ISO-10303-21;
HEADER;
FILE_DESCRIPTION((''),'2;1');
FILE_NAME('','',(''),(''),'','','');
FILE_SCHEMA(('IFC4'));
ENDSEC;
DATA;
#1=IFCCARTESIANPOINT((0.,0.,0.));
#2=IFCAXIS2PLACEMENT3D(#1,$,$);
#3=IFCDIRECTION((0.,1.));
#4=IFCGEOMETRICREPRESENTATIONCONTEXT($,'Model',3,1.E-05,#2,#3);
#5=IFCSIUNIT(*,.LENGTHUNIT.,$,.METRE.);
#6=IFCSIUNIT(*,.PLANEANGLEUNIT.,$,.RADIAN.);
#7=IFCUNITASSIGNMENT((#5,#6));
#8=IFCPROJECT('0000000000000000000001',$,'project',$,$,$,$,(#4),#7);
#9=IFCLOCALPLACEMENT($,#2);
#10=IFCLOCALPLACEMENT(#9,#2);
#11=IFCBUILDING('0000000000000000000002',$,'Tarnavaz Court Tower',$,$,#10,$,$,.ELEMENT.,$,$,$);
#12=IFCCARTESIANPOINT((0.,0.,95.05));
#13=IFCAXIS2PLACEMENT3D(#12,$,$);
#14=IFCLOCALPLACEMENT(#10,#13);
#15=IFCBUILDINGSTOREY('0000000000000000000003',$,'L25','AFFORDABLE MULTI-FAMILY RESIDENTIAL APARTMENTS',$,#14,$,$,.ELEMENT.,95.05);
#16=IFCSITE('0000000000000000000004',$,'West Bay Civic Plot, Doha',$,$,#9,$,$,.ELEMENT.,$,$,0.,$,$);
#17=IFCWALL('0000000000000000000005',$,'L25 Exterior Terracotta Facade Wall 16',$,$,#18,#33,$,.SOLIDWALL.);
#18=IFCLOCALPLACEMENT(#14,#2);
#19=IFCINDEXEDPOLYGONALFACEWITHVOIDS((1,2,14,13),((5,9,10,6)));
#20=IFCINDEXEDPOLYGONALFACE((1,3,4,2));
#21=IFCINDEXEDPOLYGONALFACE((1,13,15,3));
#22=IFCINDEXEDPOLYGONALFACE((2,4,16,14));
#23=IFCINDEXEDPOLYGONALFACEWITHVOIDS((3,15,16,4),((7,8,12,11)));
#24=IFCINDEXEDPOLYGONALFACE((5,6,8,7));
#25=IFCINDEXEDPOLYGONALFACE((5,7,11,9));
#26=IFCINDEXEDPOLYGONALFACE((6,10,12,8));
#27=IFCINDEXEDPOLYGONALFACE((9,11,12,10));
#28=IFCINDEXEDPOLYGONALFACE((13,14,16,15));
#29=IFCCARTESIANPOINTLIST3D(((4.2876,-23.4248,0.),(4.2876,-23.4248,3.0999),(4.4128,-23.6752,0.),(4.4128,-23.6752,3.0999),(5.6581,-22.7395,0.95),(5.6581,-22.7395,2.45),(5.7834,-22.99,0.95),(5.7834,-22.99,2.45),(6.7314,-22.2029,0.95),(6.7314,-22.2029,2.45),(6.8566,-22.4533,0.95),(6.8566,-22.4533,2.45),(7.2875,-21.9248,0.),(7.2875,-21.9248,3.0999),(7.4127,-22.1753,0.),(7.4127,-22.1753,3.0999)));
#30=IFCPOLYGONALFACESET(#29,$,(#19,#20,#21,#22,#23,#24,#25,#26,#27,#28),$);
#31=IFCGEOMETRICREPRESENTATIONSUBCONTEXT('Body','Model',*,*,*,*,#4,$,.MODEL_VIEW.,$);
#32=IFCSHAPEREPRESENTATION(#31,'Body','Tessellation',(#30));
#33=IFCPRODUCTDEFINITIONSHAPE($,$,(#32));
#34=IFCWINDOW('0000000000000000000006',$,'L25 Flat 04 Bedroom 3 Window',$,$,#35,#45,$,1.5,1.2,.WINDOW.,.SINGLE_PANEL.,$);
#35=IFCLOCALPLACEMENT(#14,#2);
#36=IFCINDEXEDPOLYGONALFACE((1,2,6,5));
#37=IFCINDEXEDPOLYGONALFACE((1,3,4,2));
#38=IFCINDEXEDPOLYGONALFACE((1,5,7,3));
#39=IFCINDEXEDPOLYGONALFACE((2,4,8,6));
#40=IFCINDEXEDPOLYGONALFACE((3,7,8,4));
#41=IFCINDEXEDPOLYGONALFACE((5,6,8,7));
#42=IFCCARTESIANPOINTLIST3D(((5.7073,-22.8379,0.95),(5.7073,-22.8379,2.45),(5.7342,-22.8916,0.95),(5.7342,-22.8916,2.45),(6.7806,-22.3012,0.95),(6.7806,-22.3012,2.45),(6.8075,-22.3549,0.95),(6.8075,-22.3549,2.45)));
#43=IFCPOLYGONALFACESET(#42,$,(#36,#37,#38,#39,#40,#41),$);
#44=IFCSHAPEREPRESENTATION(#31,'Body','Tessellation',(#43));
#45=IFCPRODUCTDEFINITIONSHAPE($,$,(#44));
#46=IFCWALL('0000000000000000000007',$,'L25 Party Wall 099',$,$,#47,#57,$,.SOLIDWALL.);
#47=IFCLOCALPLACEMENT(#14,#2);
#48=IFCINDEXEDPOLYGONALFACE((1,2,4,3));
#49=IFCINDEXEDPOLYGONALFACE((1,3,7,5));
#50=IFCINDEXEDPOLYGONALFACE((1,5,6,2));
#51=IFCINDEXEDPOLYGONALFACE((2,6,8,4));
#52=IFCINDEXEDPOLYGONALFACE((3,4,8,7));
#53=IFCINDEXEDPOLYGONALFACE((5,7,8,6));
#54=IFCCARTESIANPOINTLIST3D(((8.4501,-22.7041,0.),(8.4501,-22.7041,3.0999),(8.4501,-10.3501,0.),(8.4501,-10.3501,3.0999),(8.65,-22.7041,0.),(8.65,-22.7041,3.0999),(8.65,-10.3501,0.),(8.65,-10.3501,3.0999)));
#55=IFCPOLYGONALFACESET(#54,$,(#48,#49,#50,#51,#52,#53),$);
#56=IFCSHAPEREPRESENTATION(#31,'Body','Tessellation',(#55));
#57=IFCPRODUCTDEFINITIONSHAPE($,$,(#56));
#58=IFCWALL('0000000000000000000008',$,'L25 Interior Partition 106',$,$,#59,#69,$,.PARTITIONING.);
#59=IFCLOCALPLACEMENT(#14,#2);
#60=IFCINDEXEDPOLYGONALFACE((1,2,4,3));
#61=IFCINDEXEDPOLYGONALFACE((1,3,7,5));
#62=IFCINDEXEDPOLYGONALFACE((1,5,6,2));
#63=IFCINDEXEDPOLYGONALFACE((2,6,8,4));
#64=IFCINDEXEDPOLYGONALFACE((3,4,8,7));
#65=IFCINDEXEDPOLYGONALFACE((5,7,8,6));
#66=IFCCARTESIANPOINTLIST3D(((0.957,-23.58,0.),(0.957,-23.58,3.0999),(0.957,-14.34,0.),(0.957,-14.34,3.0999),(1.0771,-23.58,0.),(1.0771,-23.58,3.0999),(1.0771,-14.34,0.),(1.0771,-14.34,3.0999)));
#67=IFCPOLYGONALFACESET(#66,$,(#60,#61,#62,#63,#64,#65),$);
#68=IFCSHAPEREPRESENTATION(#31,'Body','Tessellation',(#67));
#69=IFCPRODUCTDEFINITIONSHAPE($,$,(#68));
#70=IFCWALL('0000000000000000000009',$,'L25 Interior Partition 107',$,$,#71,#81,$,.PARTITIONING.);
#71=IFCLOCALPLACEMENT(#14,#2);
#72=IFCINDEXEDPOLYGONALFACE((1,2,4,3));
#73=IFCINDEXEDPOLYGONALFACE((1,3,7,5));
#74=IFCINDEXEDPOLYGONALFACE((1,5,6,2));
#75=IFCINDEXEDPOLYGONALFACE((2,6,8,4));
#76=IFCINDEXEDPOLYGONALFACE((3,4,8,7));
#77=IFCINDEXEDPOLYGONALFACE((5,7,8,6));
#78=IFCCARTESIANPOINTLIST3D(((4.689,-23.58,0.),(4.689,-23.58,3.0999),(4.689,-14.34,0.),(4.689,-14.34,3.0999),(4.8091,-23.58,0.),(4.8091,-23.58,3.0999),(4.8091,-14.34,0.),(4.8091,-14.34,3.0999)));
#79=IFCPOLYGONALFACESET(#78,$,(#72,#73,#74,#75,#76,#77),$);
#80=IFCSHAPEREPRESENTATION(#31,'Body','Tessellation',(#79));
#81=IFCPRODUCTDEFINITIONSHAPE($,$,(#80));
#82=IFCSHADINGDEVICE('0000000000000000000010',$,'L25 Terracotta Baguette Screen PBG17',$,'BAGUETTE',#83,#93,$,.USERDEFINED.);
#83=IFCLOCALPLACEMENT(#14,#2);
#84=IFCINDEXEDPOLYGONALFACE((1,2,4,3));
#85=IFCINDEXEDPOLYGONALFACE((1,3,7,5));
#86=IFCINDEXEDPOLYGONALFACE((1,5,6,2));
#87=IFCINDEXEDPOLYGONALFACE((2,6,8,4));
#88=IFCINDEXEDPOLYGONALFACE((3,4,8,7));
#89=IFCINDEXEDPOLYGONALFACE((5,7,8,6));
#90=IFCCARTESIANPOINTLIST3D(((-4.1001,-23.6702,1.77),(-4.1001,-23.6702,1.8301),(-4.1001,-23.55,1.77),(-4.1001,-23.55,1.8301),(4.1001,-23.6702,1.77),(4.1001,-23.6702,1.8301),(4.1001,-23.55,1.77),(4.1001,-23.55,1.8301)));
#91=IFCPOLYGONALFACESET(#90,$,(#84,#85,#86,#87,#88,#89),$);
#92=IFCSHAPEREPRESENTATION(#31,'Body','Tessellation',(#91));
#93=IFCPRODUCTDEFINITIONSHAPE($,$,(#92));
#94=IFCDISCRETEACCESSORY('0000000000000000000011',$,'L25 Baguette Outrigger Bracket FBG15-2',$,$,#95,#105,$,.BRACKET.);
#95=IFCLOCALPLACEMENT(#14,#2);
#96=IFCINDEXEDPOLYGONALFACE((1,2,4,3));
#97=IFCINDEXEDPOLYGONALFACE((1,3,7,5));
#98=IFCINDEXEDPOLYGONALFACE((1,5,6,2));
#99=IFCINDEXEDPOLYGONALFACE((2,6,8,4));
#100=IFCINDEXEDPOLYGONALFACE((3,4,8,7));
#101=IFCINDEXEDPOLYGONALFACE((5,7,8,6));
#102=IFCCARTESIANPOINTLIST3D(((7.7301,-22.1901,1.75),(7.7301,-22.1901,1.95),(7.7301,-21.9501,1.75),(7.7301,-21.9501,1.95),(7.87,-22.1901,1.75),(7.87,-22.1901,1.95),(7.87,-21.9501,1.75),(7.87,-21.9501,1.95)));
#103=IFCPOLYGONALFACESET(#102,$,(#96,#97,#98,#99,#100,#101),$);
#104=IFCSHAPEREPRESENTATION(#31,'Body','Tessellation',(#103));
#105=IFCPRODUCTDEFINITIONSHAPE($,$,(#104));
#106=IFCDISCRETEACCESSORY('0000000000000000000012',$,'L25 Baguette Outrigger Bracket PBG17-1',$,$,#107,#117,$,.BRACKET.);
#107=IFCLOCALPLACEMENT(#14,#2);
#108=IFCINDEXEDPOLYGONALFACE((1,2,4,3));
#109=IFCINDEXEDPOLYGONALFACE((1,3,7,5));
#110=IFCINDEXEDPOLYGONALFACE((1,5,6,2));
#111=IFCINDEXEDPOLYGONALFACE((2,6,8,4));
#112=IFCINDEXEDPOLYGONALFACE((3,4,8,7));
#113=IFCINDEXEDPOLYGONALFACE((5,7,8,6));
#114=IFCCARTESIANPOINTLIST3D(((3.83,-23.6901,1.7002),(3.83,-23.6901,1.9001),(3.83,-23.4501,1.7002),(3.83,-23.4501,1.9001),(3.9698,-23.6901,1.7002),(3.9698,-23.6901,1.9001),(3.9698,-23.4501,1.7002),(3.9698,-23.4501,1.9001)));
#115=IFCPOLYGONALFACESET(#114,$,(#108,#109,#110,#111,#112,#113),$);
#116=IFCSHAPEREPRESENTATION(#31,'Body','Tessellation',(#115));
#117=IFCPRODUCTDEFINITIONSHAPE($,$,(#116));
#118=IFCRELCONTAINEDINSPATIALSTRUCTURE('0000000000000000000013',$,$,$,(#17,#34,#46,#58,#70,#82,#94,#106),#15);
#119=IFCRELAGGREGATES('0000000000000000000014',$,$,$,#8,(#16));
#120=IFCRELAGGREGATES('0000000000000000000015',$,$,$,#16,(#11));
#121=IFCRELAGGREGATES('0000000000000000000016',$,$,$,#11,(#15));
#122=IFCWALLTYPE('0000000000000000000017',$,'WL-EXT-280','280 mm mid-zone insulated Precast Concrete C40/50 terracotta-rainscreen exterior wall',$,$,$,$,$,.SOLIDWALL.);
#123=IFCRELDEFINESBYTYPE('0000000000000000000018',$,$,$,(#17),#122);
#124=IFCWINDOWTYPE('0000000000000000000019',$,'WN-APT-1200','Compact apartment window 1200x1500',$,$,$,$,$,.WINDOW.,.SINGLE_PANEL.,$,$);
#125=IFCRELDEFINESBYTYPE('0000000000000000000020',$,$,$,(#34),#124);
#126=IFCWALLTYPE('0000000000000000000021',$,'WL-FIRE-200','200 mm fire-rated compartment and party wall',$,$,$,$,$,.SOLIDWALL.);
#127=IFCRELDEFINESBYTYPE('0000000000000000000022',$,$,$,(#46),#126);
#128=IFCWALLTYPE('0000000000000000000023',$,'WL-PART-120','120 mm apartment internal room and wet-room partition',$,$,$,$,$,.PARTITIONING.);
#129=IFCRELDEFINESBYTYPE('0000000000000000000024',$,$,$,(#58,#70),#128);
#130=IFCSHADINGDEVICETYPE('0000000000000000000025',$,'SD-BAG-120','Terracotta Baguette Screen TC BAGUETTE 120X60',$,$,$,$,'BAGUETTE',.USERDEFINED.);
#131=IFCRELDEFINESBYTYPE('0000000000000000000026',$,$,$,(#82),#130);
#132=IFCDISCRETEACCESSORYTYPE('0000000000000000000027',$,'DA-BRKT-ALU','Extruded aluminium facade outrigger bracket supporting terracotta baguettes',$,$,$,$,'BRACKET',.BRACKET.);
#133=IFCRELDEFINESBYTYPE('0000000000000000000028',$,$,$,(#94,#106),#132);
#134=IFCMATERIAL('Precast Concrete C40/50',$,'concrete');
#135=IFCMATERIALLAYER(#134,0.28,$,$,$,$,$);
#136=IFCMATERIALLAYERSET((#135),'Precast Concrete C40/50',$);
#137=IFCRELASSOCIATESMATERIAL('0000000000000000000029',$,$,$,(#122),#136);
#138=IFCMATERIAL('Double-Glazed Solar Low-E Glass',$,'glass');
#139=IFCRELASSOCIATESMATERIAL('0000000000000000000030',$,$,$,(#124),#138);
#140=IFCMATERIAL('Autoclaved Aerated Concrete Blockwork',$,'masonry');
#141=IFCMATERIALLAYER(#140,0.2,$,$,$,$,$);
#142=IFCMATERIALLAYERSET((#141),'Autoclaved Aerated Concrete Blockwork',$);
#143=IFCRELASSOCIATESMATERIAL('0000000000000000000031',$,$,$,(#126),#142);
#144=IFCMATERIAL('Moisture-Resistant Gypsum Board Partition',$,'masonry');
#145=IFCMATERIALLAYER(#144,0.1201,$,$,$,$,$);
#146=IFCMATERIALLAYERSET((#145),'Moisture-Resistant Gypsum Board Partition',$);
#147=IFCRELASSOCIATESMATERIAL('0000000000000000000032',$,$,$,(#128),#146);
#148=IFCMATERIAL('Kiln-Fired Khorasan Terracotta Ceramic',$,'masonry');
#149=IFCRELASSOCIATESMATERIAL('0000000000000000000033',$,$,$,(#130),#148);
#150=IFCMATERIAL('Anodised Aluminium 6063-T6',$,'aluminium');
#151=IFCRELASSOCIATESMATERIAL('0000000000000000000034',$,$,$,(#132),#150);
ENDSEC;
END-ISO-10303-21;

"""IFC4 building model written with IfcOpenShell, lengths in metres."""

from ifc_helpers import new_model, si_unit, direction, frame, frame_2d, origin, origin_2d, place, context, subcontext, project, spatial, rectangle, extrude, material, layer, layer_set, material_profile, profile_set, type_object, element, fill, save


model = new_model("IFC4")

# Units and contexts
model_context = context("Model", 3, precision=1e-05, world=origin(), true_north=direction((0.0, 1.0)))
body_context = subcontext(model_context, "Body", "Model", "MODEL_VIEW")
ifc_project = project(units=[si_unit("LENGTHUNIT", "METRE"), si_unit("PLANEANGLEUNIT", "RADIAN")], contexts=[model_context])

# Site, building, storey
site_placement = place(None, origin())
site = spatial("IfcSite", under=ifc_project, at=site_placement, Name="West Bay Civic Plot, Doha", CompositionType="ELEMENT", RefElevation=0.0)
building_placement = place(site_placement, origin())
building = spatial("IfcBuilding", under=site, at=building_placement, Name="Tarnavaz Court Tower", CompositionType="ELEMENT")
storey_placement = place(building_placement, frame((0.0, 0.0, 95.05)))
storey = spatial("IfcBuildingStorey", under=building, at=storey_placement, Name="L25", Description="AFFORDABLE MULTI-FAMILY RESIDENTIAL APARTMENTS", CompositionType="ELEMENT", Elevation=95.05)

# Shared definitions
ifc_material_1 = material(Name="Anodised Aluminium 6063-T6", Category="aluminium")
ifc_material_2 = material(Name="Double-Glazed Solar Low-E Glass", Category="glass")

# Wall, opening, window
ifc_material_3 = material(Name="Precast Concrete C40/50", Category="concrete")
ifc_layer_1 = layer(ifc_material_3, 0.28)
ifc_layer_set_1 = layer_set([ifc_layer_1], Name="Precast Concrete C40/50")
wall_type_1 = type_object("IfcWallType", Name="WL-EXT-280", Description="280 mm mid-zone insulated Precast Concrete C40/50 terracotta-rainscreen exterior wall", PredefinedType="SOLIDWALL", material=ifc_layer_set_1)
wall_1_placement = place(storey_placement, frame((7.3501, -22.05, 0.0), z_axis=(0.0, 0.0, 1.0), x_axis=(-0.894427, -0.447214, 0.0)))
wall_1 = element("IfcWall", 1, at=wall_1_placement, inside=storey, type_object=wall_type_1, Name="L25 Exterior Terracotta Facade Wall 16", PredefinedType="SOLIDWALL", context=body_context, shape_type="SweptSolid", body=[
    extrude(rectangle(XDim=3.354, YDim=0.28, at=frame_2d((1.677, 0.0))), origin(), (0.0, 0.0, 1.0), 3.0999),
])
opening_placement = place(wall_1_placement, frame((0.6216, 0.0, 0.95)))
opening = element("IfcOpeningElement", 2, at=opening_placement, cuts=wall_1, PredefinedType="OPENING", context=body_context, shape_type="SweptSolid", body=[
    extrude(rectangle(XDim=1.2, YDim=1.5, at=frame_2d((0.6001, 0.75))), frame((0.0, 0.1499, 0.0), z_axis=(0.0, -1.0, 0.0), x_axis=(1.0, 0.0, 0.0)), (0.0, 0.0, 1.0), 0.3),
])
window_type = type_object("IfcWindowType", Name="WN-APT-1200", Description="Compact apartment window 1200x1500", PartitioningType="SINGLE_PANEL", PredefinedType="WINDOW", material=ifc_material_2)
window_placement = place(opening_placement, origin())
window = element("IfcWindow", 3, at=window_placement, inside=storey, type_object=window_type, Name="L25 Flat 04 Bedroom 3 Window", OverallHeight=1.5, OverallWidth=1.2, PartitioningType="SINGLE_PANEL", PredefinedType="WINDOW", context=body_context, shape_type="SweptSolid", body=[
    extrude(rectangle(XDim=1.2, YDim=1.5, at=frame_2d((0.6001, 0.75))), frame((0.0, 0.03, 0.0), z_axis=(0.0, -1.0, 0.0), x_axis=(1.0, 0.0, 0.0)), (0.0, 0.0, 1.0), 0.0601),
])
fill(opening, window)

# Walls
ifc_material_4 = material(Name="Autoclaved Aerated Concrete Blockwork", Category="masonry")
ifc_layer_2 = layer(ifc_material_4, 0.2)
ifc_layer_set_2 = layer_set([ifc_layer_2], Name="Autoclaved Aerated Concrete Blockwork")
wall_type_2 = type_object("IfcWallType", Name="WL-FIRE-200", Description="200 mm fire-rated compartment and party wall", PredefinedType="SOLIDWALL", material=ifc_layer_set_2)
wall_2_placement = place(storey_placement, frame((8.55, -22.7041, 0.0), z_axis=(0.0, 0.0, 1.0), x_axis=(0.0, 1.0, 0.0)))
element("IfcWall", 4, at=wall_2_placement, inside=storey, type_object=wall_type_2, Name="L25 Party Wall 099", PredefinedType="SOLIDWALL", context=body_context, shape_type="SweptSolid", body=[
    extrude(rectangle(XDim=12.354, YDim=0.2, at=frame_2d((6.177, 0.0))), origin(), (0.0, 0.0, 1.0), 3.0999),
])
ifc_material_5 = material(Name="Moisture-Resistant Gypsum Board Partition", Category="masonry")
ifc_layer_3 = layer(ifc_material_5, 0.1201)
ifc_layer_set_3 = layer_set([ifc_layer_3], Name="Moisture-Resistant Gypsum Board Partition")
wall_type_3 = type_object("IfcWallType", Name="WL-PART-120", Description="120 mm apartment internal room and wet-room partition", PredefinedType="PARTITIONING", material=ifc_layer_set_3)
for number, where, z_axis, x_axis, name in (
    (5, (1.0171, -23.5801, 0.0), (0.0, 0.0, 1.0), (0.0, 1.0, 0.0), "L25 Interior Partition 106"),
    (6, (4.749, -23.5801, 0.0), (0.0, 0.0, 1.0), (0.0, 1.0, 0.0), "L25 Interior Partition 107"),
):
    element("IfcWall", number, at=place(storey_placement, frame(where, z_axis=z_axis, x_axis=x_axis)), inside=storey, type_object=wall_type_3, Name=name, PredefinedType="PARTITIONING", context=body_context, shape_type="SweptSolid", body=[
        extrude(rectangle(XDim=9.24, YDim=0.1201, at=frame_2d((4.6201, 0.0))), origin(), (0.0, 0.0, 1.0), 3.0999),
    ])

# Shading device
ifc_material_6 = material(Name="Kiln-Fired Khorasan Terracotta Ceramic", Category="masonry")
ifc_material_profile_1 = material_profile(ifc_material_6, rectangle(XDim=0.1201, YDim=0.0601, at=origin_2d()), Name="TC BAGUETTE 120X60")
ifc_profile_set_1 = profile_set([ifc_material_profile_1], Name="Kiln-Fired Khorasan Terracotta Ceramic")
shading_device_type = type_object("IfcShadingDeviceType", Name="SD-BAG-120", Description="Terracotta Baguette Screen TC BAGUETTE 120X60", ElementType="BAGUETTE", PredefinedType="USERDEFINED", material=ifc_profile_set_1)
shading_device_placement = place(storey_placement, frame((4.1001, -23.6101, 1.8), z_axis=(-1.0, 0.0, 0.0), x_axis=(0.0, -1.0, 0.0)))
element("IfcShadingDevice", 7, at=shading_device_placement, inside=storey, type_object=shading_device_type, Name="L25 Terracotta Baguette Screen PBG17", ObjectType="BAGUETTE", PredefinedType="USERDEFINED", context=body_context, shape_type="SweptSolid", body=[
    extrude(rectangle(XDim=0.1201, YDim=0.0601, at=origin_2d()), origin(), (0.0, 0.0, 1.0), 8.2002),
])

# Discrete accessories
discrete_accessory_type = type_object("IfcDiscreteAccessoryType", Name="DA-BRKT-ALU", Description="Extruded aluminium facade outrigger bracket supporting terracotta baguettes", ElementType="BRACKET", PredefinedType="BRACKET", material=ifc_material_1)
for number, where, z_axis, x_axis, name in (
    (8, (7.8, -22.0701, 1.75), (0.0, 0.0, 1.0), (-1.0, 0.0, 0.0), "L25 Baguette Outrigger Bracket FBG15-2"),
    (9, (3.8999, -23.5701, 1.7002), (0.0, 0.0, 1.0), (-1.0, 0.0, 0.0), "L25 Baguette Outrigger Bracket PBG17-1"),
):
    element("IfcDiscreteAccessory", number, at=place(storey_placement, frame(where, z_axis=z_axis, x_axis=x_axis)), inside=storey, type_object=discrete_accessory_type, Name=name, PredefinedType="BRACKET", context=body_context, shape_type="SweptSolid", body=[
        extrude(rectangle(XDim=0.1399, YDim=0.24, at=origin_2d()), origin(), (0.0, 0.0, 1.0), 0.2),
    ])

save(model, "model.ifc")
